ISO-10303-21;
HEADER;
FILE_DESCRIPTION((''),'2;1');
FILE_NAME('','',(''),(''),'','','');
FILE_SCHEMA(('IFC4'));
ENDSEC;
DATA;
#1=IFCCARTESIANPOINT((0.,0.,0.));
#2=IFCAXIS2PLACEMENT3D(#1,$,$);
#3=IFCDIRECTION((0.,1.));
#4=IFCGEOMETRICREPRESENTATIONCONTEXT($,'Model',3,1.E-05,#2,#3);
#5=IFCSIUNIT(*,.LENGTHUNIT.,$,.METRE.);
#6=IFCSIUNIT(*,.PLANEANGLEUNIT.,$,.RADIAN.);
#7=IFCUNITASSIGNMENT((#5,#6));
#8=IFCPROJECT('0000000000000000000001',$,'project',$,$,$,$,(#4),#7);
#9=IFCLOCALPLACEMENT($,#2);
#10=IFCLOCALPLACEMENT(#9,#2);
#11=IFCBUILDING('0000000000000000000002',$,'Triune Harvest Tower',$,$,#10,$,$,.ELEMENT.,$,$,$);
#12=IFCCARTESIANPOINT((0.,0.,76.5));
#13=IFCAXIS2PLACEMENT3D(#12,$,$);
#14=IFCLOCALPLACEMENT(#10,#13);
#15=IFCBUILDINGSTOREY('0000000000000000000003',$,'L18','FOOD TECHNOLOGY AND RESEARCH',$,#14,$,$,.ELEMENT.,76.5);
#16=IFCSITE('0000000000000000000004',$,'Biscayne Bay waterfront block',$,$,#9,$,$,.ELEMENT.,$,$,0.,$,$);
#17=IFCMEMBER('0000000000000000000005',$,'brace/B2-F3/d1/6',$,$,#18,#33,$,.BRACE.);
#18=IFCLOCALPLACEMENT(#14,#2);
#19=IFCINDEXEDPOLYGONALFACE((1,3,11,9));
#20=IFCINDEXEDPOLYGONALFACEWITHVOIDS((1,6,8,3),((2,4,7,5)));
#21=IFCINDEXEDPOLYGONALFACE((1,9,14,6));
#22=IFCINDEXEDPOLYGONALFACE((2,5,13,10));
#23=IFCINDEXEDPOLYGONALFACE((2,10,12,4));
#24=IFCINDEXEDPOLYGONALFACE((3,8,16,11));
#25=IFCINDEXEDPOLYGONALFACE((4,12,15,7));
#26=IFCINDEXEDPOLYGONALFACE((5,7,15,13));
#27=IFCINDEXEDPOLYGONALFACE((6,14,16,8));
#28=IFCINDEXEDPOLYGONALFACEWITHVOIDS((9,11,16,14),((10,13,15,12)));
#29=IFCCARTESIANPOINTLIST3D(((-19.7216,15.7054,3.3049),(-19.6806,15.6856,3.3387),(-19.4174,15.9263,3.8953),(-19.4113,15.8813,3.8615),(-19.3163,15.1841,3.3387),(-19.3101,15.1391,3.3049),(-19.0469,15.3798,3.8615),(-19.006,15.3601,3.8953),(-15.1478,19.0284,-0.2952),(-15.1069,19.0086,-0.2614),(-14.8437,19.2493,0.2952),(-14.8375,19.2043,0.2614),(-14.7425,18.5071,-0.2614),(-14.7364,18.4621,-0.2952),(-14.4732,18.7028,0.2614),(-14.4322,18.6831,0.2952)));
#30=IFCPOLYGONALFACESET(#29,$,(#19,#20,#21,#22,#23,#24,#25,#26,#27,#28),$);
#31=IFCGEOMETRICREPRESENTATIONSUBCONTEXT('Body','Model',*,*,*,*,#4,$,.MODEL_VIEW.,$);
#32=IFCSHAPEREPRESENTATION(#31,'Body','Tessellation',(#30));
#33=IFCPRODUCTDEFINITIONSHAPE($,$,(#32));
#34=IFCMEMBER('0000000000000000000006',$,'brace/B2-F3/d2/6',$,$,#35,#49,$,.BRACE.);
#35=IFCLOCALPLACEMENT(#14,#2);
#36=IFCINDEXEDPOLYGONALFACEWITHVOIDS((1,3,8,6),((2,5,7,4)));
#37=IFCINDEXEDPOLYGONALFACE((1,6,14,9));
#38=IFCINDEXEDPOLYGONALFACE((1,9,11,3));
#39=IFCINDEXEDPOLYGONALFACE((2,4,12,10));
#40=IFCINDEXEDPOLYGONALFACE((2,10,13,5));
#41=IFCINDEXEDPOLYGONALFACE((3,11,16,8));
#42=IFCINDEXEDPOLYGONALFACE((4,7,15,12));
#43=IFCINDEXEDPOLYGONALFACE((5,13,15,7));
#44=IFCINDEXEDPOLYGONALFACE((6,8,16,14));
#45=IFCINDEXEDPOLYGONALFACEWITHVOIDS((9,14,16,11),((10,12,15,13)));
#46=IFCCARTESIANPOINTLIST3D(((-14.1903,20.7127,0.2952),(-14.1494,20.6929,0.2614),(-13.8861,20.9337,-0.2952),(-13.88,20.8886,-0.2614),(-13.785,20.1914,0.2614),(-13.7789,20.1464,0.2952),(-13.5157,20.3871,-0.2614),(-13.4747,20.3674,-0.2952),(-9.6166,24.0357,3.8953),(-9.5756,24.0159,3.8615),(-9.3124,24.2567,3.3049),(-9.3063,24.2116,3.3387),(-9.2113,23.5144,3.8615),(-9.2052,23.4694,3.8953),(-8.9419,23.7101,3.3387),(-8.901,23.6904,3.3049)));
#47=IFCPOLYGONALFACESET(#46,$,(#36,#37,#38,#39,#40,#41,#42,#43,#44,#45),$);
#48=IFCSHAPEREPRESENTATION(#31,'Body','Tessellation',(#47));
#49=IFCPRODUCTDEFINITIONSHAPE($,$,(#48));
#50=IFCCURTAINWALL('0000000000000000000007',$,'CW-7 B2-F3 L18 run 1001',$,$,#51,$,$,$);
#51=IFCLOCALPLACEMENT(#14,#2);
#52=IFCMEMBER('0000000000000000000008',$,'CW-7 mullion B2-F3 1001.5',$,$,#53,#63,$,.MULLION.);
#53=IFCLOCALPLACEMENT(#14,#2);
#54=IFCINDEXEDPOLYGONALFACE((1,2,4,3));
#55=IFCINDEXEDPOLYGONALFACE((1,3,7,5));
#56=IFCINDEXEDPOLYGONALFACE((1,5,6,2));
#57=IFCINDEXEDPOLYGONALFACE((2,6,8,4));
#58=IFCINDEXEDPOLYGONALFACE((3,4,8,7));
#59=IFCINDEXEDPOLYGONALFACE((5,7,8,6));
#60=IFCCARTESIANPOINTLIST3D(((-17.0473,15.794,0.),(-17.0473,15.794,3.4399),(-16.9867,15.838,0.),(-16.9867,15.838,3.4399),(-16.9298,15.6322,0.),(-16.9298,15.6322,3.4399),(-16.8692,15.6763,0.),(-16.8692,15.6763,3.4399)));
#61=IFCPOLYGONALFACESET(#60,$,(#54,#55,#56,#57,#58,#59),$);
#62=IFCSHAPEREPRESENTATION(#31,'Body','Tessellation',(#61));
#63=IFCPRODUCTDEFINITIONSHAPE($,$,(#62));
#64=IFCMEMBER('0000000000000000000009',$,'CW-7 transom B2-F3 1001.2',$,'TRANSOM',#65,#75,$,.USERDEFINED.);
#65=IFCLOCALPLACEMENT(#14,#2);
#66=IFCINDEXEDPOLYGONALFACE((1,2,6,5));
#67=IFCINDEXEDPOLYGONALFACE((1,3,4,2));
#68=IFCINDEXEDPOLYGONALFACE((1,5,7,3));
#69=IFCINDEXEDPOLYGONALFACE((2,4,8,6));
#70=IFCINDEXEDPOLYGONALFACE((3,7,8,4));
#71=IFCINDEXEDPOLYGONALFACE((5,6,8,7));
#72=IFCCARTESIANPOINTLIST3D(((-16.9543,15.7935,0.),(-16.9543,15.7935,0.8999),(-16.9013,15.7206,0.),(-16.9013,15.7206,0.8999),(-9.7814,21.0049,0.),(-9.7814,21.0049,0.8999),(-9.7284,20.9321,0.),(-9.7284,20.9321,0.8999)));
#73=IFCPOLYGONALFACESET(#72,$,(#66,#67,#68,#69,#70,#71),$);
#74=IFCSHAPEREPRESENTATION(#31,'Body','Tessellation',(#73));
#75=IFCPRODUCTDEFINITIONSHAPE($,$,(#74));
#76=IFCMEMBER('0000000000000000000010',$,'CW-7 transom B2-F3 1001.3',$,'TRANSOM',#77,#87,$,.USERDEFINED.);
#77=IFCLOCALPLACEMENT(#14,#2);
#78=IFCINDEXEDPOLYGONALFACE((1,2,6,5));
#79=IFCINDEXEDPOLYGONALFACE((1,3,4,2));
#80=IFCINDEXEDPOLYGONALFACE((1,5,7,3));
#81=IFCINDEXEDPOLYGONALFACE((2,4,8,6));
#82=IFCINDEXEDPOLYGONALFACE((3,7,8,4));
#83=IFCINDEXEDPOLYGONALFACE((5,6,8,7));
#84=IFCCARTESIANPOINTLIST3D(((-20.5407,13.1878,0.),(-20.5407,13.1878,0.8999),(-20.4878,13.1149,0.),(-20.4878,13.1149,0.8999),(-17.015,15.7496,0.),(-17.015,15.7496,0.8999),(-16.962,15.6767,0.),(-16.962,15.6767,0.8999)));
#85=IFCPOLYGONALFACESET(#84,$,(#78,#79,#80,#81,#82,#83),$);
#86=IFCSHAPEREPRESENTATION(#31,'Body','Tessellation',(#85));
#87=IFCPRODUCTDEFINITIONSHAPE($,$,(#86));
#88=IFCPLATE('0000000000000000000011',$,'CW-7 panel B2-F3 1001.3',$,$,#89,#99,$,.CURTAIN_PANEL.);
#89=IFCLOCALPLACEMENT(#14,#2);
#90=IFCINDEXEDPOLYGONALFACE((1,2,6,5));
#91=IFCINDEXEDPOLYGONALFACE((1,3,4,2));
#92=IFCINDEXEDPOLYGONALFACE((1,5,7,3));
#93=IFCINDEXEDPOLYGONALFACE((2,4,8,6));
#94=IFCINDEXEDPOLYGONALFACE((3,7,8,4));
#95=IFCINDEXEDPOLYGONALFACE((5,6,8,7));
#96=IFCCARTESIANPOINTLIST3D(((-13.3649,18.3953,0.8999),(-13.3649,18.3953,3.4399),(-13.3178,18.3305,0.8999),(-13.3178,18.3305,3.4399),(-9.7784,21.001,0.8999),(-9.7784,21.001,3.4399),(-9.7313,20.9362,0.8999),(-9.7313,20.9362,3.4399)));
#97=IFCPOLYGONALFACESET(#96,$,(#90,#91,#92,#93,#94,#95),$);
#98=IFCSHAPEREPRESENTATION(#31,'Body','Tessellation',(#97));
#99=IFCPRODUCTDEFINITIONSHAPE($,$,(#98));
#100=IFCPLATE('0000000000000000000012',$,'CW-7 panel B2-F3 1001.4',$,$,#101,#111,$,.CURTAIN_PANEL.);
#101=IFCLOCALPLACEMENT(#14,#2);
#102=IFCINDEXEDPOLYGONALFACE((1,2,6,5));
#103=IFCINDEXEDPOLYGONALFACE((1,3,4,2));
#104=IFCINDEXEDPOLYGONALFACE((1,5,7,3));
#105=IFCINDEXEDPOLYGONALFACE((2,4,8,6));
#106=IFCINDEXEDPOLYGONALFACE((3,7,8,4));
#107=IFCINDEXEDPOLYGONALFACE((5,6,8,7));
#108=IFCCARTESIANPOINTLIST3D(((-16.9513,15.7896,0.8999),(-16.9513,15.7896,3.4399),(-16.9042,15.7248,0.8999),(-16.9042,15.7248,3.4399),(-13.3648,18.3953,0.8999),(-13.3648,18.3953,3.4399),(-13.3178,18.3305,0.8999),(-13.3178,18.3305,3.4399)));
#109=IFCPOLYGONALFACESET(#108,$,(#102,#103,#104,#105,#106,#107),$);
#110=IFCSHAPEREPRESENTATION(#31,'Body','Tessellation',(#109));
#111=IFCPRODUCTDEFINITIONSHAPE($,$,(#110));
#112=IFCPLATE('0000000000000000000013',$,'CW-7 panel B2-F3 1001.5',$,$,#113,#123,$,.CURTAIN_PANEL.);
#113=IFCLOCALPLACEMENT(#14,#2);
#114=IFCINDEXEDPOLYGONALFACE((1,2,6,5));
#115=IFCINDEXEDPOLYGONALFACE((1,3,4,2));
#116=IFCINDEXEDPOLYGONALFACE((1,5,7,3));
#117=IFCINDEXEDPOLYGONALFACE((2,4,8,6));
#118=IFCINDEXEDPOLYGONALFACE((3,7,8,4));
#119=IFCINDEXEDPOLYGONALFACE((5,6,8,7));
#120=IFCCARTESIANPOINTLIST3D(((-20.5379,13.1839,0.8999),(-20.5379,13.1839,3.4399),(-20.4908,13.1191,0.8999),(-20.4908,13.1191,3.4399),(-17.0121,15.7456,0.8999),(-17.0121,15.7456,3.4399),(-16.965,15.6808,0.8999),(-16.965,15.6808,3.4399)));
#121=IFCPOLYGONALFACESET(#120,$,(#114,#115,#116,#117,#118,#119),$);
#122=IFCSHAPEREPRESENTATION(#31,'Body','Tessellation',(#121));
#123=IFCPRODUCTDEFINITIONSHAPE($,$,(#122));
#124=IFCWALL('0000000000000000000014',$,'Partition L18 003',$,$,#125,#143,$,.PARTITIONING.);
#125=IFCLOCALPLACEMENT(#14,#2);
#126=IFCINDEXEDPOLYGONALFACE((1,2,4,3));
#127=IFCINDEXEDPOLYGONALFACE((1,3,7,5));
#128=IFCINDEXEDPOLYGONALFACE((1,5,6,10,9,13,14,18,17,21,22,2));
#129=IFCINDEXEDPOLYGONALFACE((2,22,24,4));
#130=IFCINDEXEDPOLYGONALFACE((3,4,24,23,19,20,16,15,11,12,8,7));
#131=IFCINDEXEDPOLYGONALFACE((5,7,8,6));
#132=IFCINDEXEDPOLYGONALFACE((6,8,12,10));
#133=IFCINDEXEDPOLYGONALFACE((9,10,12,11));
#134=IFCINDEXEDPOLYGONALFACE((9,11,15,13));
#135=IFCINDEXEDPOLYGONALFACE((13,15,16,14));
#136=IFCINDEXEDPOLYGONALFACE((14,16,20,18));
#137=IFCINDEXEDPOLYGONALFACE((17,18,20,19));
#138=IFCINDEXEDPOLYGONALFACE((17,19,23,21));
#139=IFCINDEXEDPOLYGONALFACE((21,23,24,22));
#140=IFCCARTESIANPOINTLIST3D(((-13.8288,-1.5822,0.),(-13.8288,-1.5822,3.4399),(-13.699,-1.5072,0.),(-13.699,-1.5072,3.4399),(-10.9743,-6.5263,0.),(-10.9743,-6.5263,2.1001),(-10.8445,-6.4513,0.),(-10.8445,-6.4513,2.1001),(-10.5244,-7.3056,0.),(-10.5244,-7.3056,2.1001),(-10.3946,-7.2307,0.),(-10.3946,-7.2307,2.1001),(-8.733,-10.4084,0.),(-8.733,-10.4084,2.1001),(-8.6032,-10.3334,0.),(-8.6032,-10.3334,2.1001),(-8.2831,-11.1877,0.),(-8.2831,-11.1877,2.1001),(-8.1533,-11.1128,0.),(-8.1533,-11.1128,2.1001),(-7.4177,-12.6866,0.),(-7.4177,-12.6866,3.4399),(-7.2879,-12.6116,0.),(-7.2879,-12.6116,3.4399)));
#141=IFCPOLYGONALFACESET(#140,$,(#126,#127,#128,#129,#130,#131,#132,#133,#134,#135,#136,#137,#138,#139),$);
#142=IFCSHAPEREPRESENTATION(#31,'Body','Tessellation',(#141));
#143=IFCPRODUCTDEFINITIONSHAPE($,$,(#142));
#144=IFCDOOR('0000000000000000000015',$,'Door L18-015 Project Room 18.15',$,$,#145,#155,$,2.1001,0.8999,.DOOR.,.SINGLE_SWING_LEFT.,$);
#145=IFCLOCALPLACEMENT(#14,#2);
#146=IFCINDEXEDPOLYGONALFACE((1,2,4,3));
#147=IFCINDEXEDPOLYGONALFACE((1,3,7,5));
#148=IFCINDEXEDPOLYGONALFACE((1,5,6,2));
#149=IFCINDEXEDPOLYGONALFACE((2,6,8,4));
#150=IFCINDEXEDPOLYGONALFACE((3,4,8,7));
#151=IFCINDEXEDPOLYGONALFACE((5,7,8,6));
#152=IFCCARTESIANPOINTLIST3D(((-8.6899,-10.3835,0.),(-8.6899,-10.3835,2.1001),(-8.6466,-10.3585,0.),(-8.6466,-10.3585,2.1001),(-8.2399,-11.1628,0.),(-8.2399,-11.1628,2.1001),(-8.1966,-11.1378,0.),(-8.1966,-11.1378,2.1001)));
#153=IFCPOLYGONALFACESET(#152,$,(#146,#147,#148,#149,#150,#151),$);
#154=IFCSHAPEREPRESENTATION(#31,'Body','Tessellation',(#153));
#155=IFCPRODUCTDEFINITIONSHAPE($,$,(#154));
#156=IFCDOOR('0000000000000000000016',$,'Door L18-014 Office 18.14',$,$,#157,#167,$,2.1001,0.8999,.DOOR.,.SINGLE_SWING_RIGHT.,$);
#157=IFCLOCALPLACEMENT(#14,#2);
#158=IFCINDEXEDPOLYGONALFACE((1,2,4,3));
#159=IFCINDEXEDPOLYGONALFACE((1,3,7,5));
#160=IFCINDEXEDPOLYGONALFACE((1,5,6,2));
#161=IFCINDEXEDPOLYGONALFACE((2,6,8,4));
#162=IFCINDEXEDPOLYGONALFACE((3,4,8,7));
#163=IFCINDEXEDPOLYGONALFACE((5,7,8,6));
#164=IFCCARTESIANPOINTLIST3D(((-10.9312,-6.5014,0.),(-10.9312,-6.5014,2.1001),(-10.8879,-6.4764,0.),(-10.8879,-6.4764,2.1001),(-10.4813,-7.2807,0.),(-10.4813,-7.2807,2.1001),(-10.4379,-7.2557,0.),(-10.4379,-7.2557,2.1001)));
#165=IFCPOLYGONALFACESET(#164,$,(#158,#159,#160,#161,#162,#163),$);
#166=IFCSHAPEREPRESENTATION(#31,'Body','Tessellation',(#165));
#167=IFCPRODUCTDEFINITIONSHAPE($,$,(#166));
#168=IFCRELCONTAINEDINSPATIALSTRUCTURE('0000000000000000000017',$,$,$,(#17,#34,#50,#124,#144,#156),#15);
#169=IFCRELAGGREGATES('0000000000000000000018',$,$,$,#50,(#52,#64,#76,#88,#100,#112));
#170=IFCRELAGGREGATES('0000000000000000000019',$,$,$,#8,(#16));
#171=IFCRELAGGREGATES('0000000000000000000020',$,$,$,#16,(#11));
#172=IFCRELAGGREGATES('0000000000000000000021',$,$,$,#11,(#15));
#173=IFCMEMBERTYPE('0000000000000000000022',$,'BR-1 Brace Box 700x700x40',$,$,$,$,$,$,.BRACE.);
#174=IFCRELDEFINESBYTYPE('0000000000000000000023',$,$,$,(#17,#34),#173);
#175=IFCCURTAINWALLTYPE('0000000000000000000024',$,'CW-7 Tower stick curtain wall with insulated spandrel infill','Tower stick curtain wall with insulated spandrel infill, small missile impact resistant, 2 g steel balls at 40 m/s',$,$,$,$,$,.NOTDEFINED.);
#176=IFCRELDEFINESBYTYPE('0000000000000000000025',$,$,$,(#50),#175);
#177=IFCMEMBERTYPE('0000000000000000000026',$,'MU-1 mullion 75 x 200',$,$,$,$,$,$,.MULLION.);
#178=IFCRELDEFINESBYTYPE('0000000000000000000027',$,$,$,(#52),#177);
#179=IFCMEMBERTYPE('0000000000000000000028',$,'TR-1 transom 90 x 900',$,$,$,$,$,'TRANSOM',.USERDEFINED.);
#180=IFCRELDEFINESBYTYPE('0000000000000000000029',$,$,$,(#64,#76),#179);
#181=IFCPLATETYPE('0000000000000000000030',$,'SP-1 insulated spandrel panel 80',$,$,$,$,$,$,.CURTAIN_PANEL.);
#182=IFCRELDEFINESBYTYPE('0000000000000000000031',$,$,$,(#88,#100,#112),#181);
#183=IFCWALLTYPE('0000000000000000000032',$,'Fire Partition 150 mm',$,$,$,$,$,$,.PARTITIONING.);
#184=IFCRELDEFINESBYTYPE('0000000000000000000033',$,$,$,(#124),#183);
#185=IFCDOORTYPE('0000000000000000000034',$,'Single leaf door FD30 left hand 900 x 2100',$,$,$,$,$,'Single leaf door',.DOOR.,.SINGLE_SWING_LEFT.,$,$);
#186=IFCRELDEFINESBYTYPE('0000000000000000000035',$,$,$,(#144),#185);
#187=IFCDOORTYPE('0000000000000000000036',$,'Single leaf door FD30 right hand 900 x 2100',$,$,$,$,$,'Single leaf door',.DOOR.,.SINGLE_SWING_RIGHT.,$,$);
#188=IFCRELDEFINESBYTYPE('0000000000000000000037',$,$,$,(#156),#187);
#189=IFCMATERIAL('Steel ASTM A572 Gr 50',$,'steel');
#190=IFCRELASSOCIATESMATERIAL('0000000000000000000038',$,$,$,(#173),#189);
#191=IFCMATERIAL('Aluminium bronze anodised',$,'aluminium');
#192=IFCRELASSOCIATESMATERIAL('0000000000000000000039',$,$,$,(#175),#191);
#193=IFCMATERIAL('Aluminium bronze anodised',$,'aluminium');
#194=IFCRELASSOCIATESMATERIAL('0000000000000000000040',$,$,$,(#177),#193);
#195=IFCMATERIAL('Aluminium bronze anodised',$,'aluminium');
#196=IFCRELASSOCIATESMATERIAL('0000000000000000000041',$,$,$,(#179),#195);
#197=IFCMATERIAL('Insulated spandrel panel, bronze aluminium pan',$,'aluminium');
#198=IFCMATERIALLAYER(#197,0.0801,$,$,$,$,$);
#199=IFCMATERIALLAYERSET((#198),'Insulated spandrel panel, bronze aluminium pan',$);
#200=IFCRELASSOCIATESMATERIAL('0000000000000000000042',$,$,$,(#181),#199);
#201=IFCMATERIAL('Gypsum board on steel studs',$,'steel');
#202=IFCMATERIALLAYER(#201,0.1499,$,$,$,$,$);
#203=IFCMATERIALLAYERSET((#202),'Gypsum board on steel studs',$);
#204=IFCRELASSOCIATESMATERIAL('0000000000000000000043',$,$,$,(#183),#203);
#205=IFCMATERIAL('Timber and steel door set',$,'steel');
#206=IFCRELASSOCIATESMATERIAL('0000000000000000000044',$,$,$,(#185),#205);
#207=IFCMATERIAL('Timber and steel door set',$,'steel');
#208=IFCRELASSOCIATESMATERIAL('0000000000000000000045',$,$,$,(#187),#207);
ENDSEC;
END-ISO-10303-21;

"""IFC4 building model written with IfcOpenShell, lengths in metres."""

from ifc_helpers import new_model, si_unit, direction, frame, frame_2d, origin, origin_2d, place, context, subcontext, project, spatial, rectangle, hollow_rectangle, extrude, source, transform, mapped, material, layer, layer_set, material_profile, profile_set, type_object, element, fill, aggregate, save


model = new_model("IFC4")

# Units and contexts
model_context = context("Model", 3, precision=1e-05, world=origin(), true_north=direction((0.0, 1.0)))
body_context = subcontext(model_context, "Body", "Model", "MODEL_VIEW")
ifc_project = project(units=[si_unit("LENGTHUNIT", "METRE"), si_unit("PLANEANGLEUNIT", "RADIAN")], contexts=[model_context])

# Site, building, storey
site_placement = place(None, origin())
site = spatial("IfcSite", under=ifc_project, at=site_placement, Name="Biscayne Bay waterfront block", CompositionType="ELEMENT", RefElevation=0.0)
building_placement = place(site_placement, origin())
building = spatial("IfcBuilding", under=site, at=building_placement, Name="Triune Harvest Tower", CompositionType="ELEMENT")
storey_placement = place(building_placement, frame((0.0, 0.0, 76.5)))
storey = spatial("IfcBuildingStorey", under=building, at=storey_placement, Name="L18", Description="FOOD TECHNOLOGY AND RESEARCH", CompositionType="ELEMENT", Elevation=76.5)

# Members
ifc_material_1 = material(Name="Steel ASTM A572 Gr 50", Category="steel")
ifc_material_profile_1 = material_profile(ifc_material_1, hollow_rectangle(XDim=0.7, YDim=0.7, WallThickness=0.04, at=origin_2d()), Name="Box 700x700x40")
ifc_profile_set_1 = profile_set([ifc_material_profile_1], Name="Steel ASTM A572 Gr 50")
member_type_1 = type_object("IfcMemberType", Name="BR-1 Brace Box 700x700x40", PredefinedType="BRACE", material=ifc_profile_set_1)
shared_shape_1 = source(origin(), body_context, "Body", "SweptSolid", [
    extrude(hollow_rectangle(XDim=0.7, YDim=0.7, WallThickness=0.04, at=origin_2d()), origin(), (0.0, 0.0, 1.0), 6.7024),
])
for number, where, z_axis, x_axis, name in (
    (1, (-14.79, 18.8557, 0.0), (-0.682403, -0.495793, 0.537136), (0.587784, -0.809018, 0.0), "brace/B2-F3/d1/6"),
    (2, (-13.8325, 20.54, 0.0), (0.682403, 0.495793, 0.537136), (-0.587784, 0.809018, 0.0), "brace/B2-F3/d2/6"),
):
    element("IfcMember", number, at=place(storey_placement, frame(where, z_axis=z_axis, x_axis=x_axis)), inside=storey, type_object=member_type_1, Name=name, PredefinedType="BRACE", context=body_context, shape_type="MappedRepresentation", body=[
        mapped(shared_shape_1, transform((0.0, 0.0, 0.0), scale=1.0)),
    ])

# Curtain wall, members, plates
ifc_material_2 = material(Name="Aluminium bronze anodised", Category="aluminium")
curtain_wall_type = type_object("IfcCurtainWallType", Name="CW-7 Tower stick curtain wall with insulated spandrel infill", Description="Tower stick curtain wall with insulated spandrel infill, small missile impact resistant, 2 g steel balls at 40 m/s", PredefinedType="NOTDEFINED", material=ifc_material_2)
curtain_wall_placement = place(storey_placement, origin())
curtain_wall = element("IfcCurtainWall", 3, at=curtain_wall_placement, inside=storey, type_object=curtain_wall_type, Name="CW-7 B2-F3 L18 run 1001")
ifc_material_3 = material(Name="Aluminium bronze anodised", Category="aluminium")
ifc_material_profile_2 = material_profile(ifc_material_3, rectangle(XDim=0.2, YDim=0.075, at=origin_2d()), Name="MU-1 mullion 75 x 200")
ifc_profile_set_2 = profile_set([ifc_material_profile_2], Name="Aluminium bronze anodised")
member_type_2 = type_object("IfcMemberType", Name="MU-1 mullion 75 x 200", PredefinedType="MULLION", material=ifc_profile_set_2)
shared_shape_2 = source(origin(), body_context, "Body", "SweptSolid", [
    extrude(rectangle(XDim=0.2, YDim=0.075, at=origin_2d()), origin(), (0.0, 0.0, 1.0), 3.4399),
])
member_1_placement = place(storey_placement, frame((-16.9583, 15.7351, 0.0), z_axis=(0.0, 0.0, 1.0), x_axis=(0.587787, -0.809016, 0.0)))
member_1 = element("IfcMember", 4, at=member_1_placement, type_object=member_type_2, Name="CW-7 mullion B2-F3 1001.5", PredefinedType="MULLION", context=body_context, shape_type="MappedRepresentation", body=[
    mapped(shared_shape_2, transform((0.0, 0.0, 0.0), scale=1.0)),
])
ifc_material_4 = material(Name="Aluminium bronze anodised", Category="aluminium")
ifc_material_profile_3 = material_profile(ifc_material_4, rectangle(XDim=0.0901, YDim=0.8999, at=origin_2d()), Name="TR-1 transom 90 x 900")
ifc_profile_set_3 = profile_set([ifc_material_profile_3], Name="Aluminium bronze anodised")
member_type_3 = type_object("IfcMemberType", Name="TR-1 transom 90 x 900", ElementType="TRANSOM", PredefinedType="USERDEFINED", material=ifc_profile_set_3)
shared_shape_3 = source(origin(), body_context, "Body", "SweptSolid", [
    extrude(rectangle(XDim=0.0901, YDim=0.8999, at=origin_2d()), origin(), (0.0, 0.0, 1.0), 8.8662),
])
member_2_placement = place(storey_placement, frame((-9.7549, 20.9685, 0.45), z_axis=(-0.809015, -0.587789, 0.0), x_axis=(0.587789, -0.809015, 0.0)))
member_2 = element("IfcMember", 5, at=member_2_placement, type_object=member_type_3, Name="CW-7 transom B2-F3 1001.2", ObjectType="TRANSOM", PredefinedType="USERDEFINED", context=body_context, shape_type="MappedRepresentation", body=[
    mapped(shared_shape_3, transform((0.0, 0.0, 0.0), scale=1.0)),
])
shared_shape_4 = source(origin(), body_context, "Body", "SweptSolid", [
    extrude(rectangle(XDim=0.0901, YDim=0.8999, at=origin_2d()), origin(), (0.0, 0.0, 1.0), 4.3582),
])
member_3_placement = place(storey_placement, frame((-16.9885, 15.7131, 0.45), z_axis=(-0.80899, -0.587822, 0.0), x_axis=(0.587822, -0.80899, 0.0)))
member_3 = element("IfcMember", 6, at=member_3_placement, type_object=member_type_3, Name="CW-7 transom B2-F3 1001.3", ObjectType="TRANSOM", PredefinedType="USERDEFINED", context=body_context, shape_type="MappedRepresentation", body=[
    mapped(shared_shape_4, transform((0.0, 0.0, 0.0), scale=1.0)),
])
ifc_material_5 = material(Name="Insulated spandrel panel, bronze aluminium pan", Category="aluminium")
ifc_layer_1 = layer(ifc_material_5, 0.0801)
ifc_layer_set_1 = layer_set([ifc_layer_1], Name="Insulated spandrel panel, bronze aluminium pan")
plate_type = type_object("IfcPlateType", Name="SP-1 insulated spandrel panel 80", PredefinedType="CURTAIN_PANEL", material=ifc_layer_set_1)
shared_shape_5 = source(origin(), body_context, "Body", "SweptSolid", [
    extrude(rectangle(XDim=4.4331, YDim=0.0801, at=origin_2d()), origin(), (0.0, 0.0, 1.0), 2.54),
])
plate_1_placement = place(storey_placement, frame((-11.5481, 19.6658, 0.8999), z_axis=(0.0, 0.0, 1.0), x_axis=(-0.809016, -0.587787, 0.0)))
plate_1 = element("IfcPlate", 7, at=plate_1_placement, type_object=plate_type, Name="CW-7 panel B2-F3 1001.3", PredefinedType="CURTAIN_PANEL", context=body_context, shape_type="MappedRepresentation", body=[
    mapped(shared_shape_5, transform((0.0, 0.0, 0.0), scale=1.0)),
])
plate_2_placement = place(storey_placement, frame((-15.1345, 17.0601, 0.8999), z_axis=(0.0, 0.0, 1.0), x_axis=(-0.809016, -0.587787, 0.0)))
plate_2 = element("IfcPlate", 8, at=plate_2_placement, type_object=plate_type, Name="CW-7 panel B2-F3 1001.4", PredefinedType="CURTAIN_PANEL", context=body_context, shape_type="MappedRepresentation", body=[
    mapped(shared_shape_5, transform((0.0, 0.0, 0.0), scale=1.0)),
])
shared_shape_6 = source(origin(), body_context, "Body", "SweptSolid", [
    extrude(rectangle(XDim=4.3582, YDim=0.0801, at=origin_2d()), origin(), (0.0, 0.0, 1.0), 2.54),
])
plate_3_placement = place(storey_placement, frame((-18.7515, 14.4324, 0.8999), z_axis=(0.0, 0.0, 1.0), x_axis=(-0.809016, -0.587787, 0.0)))
plate_3 = element("IfcPlate", 9, at=plate_3_placement, type_object=plate_type, Name="CW-7 panel B2-F3 1001.5", PredefinedType="CURTAIN_PANEL", context=body_context, shape_type="MappedRepresentation", body=[
    mapped(shared_shape_6, transform((0.0, 0.0, 0.0), scale=1.0)),
])
aggregate(curtain_wall, [member_1, member_2, member_3, plate_1, plate_2, plate_3])

# Wall, openings, doors
ifc_material_6 = material(Name="Gypsum board on steel studs", Category="steel")
ifc_layer_2 = layer(ifc_material_6, 0.1499)
ifc_layer_set_2 = layer_set([ifc_layer_2], Name="Gypsum board on steel studs")
wall_type_1 = type_object("IfcWallType", Name="Fire Partition 150 mm", PredefinedType="PARTITIONING", material=ifc_layer_set_2)
wall_1_placement = place(storey_placement, frame((-13.7639, -1.5447, 0.0), z_axis=(0.0, 0.0, 1.0), x_axis=(0.499997, -0.866027, 0.0)))
wall_1 = element("IfcWall", 10, at=wall_1_placement, inside=storey, type_object=wall_type_1, Name="Partition L18 003", PredefinedType="PARTITIONING", context=body_context, shape_type="SweptSolid", body=[
    extrude(rectangle(XDim=12.8223, YDim=0.1499, at=frame_2d((6.4111, 0.0))), origin(), (0.0, 0.0, 1.0), 3.4399),
])
opening_1_placement = place(wall_1_placement, frame((5.709, 0.0, 0.0)))
opening_1 = element("IfcOpeningElement", 11, at=opening_1_placement, cuts=wall_1, PredefinedType="OPENING", context=body_context, shape_type="SweptSolid", body=[
    extrude(rectangle(XDim=0.8999, YDim=2.1001, at=frame_2d((0.45, 1.05))), frame((0.0, 0.085, 0.0), z_axis=(0.0, -1.0, 0.0), x_axis=(1.0, 0.0, 0.0)), (0.0, 0.0, 1.0), 0.1699),
])
opening_2_placement = place(wall_1_placement, frame((10.1917, 0.0, 0.0)))
opening_2 = element("IfcOpeningElement", 12, at=opening_2_placement, cuts=wall_1, PredefinedType="OPENING", context=body_context, shape_type="SweptSolid", body=[
    extrude(rectangle(XDim=0.8999, YDim=2.1001, at=frame_2d((0.45, 1.05))), frame((0.0, 0.085, 0.0), z_axis=(0.0, -1.0, 0.0), x_axis=(1.0, 0.0, 0.0)), (0.0, 0.0, 1.0), 0.1699),
])
ifc_material_7 = material(Name="Timber and steel door set", Category="steel")
door_type_1 = type_object("IfcDoorType", Name="Single leaf door FD30 left hand 900 x 2100", ElementType="Single leaf door", OperationType="SINGLE_SWING_LEFT", PredefinedType="DOOR", material=ifc_material_7)
door_1_placement = place(opening_2_placement, origin())
door_1 = element("IfcDoor", 13, at=door_1_placement, inside=storey, type_object=door_type_1, Name="Door L18-015 Project Room 18.15", OperationType="SINGLE_SWING_LEFT", OverallHeight=2.1001, OverallWidth=0.8999, PredefinedType="DOOR", context=body_context, shape_type="SweptSolid", body=[
    extrude(rectangle(XDim=0.8999, YDim=2.1001, at=frame_2d((0.45, 1.05))), frame((0.0, 0.0249, 0.0), z_axis=(0.0, -1.0, 0.0), x_axis=(1.0, 0.0, 0.0)), (0.0, 0.0, 1.0), 0.05),
])
fill(opening_2, door_1)
ifc_material_8 = material(Name="Timber and steel door set", Category="steel")
door_type_2 = type_object("IfcDoorType", Name="Single leaf door FD30 right hand 900 x 2100", ElementType="Single leaf door", OperationType="SINGLE_SWING_RIGHT", PredefinedType="DOOR", material=ifc_material_8)
door_2_placement = place(opening_1_placement, origin())
door_2 = element("IfcDoor", 14, at=door_2_placement, inside=storey, type_object=door_type_2, Name="Door L18-014 Office 18.14", OperationType="SINGLE_SWING_RIGHT", OverallHeight=2.1001, OverallWidth=0.8999, PredefinedType="DOOR", context=body_context, shape_type="SweptSolid", body=[
    extrude(rectangle(XDim=0.8999, YDim=2.1001, at=frame_2d((0.45, 1.05))), frame((0.0, 0.0249, 0.0), z_axis=(0.0, -1.0, 0.0), x_axis=(1.0, 0.0, 0.0)), (0.0, 0.0, 1.0), 0.05),
])
fill(opening_1, door_2)

save(model, "model.ifc")
